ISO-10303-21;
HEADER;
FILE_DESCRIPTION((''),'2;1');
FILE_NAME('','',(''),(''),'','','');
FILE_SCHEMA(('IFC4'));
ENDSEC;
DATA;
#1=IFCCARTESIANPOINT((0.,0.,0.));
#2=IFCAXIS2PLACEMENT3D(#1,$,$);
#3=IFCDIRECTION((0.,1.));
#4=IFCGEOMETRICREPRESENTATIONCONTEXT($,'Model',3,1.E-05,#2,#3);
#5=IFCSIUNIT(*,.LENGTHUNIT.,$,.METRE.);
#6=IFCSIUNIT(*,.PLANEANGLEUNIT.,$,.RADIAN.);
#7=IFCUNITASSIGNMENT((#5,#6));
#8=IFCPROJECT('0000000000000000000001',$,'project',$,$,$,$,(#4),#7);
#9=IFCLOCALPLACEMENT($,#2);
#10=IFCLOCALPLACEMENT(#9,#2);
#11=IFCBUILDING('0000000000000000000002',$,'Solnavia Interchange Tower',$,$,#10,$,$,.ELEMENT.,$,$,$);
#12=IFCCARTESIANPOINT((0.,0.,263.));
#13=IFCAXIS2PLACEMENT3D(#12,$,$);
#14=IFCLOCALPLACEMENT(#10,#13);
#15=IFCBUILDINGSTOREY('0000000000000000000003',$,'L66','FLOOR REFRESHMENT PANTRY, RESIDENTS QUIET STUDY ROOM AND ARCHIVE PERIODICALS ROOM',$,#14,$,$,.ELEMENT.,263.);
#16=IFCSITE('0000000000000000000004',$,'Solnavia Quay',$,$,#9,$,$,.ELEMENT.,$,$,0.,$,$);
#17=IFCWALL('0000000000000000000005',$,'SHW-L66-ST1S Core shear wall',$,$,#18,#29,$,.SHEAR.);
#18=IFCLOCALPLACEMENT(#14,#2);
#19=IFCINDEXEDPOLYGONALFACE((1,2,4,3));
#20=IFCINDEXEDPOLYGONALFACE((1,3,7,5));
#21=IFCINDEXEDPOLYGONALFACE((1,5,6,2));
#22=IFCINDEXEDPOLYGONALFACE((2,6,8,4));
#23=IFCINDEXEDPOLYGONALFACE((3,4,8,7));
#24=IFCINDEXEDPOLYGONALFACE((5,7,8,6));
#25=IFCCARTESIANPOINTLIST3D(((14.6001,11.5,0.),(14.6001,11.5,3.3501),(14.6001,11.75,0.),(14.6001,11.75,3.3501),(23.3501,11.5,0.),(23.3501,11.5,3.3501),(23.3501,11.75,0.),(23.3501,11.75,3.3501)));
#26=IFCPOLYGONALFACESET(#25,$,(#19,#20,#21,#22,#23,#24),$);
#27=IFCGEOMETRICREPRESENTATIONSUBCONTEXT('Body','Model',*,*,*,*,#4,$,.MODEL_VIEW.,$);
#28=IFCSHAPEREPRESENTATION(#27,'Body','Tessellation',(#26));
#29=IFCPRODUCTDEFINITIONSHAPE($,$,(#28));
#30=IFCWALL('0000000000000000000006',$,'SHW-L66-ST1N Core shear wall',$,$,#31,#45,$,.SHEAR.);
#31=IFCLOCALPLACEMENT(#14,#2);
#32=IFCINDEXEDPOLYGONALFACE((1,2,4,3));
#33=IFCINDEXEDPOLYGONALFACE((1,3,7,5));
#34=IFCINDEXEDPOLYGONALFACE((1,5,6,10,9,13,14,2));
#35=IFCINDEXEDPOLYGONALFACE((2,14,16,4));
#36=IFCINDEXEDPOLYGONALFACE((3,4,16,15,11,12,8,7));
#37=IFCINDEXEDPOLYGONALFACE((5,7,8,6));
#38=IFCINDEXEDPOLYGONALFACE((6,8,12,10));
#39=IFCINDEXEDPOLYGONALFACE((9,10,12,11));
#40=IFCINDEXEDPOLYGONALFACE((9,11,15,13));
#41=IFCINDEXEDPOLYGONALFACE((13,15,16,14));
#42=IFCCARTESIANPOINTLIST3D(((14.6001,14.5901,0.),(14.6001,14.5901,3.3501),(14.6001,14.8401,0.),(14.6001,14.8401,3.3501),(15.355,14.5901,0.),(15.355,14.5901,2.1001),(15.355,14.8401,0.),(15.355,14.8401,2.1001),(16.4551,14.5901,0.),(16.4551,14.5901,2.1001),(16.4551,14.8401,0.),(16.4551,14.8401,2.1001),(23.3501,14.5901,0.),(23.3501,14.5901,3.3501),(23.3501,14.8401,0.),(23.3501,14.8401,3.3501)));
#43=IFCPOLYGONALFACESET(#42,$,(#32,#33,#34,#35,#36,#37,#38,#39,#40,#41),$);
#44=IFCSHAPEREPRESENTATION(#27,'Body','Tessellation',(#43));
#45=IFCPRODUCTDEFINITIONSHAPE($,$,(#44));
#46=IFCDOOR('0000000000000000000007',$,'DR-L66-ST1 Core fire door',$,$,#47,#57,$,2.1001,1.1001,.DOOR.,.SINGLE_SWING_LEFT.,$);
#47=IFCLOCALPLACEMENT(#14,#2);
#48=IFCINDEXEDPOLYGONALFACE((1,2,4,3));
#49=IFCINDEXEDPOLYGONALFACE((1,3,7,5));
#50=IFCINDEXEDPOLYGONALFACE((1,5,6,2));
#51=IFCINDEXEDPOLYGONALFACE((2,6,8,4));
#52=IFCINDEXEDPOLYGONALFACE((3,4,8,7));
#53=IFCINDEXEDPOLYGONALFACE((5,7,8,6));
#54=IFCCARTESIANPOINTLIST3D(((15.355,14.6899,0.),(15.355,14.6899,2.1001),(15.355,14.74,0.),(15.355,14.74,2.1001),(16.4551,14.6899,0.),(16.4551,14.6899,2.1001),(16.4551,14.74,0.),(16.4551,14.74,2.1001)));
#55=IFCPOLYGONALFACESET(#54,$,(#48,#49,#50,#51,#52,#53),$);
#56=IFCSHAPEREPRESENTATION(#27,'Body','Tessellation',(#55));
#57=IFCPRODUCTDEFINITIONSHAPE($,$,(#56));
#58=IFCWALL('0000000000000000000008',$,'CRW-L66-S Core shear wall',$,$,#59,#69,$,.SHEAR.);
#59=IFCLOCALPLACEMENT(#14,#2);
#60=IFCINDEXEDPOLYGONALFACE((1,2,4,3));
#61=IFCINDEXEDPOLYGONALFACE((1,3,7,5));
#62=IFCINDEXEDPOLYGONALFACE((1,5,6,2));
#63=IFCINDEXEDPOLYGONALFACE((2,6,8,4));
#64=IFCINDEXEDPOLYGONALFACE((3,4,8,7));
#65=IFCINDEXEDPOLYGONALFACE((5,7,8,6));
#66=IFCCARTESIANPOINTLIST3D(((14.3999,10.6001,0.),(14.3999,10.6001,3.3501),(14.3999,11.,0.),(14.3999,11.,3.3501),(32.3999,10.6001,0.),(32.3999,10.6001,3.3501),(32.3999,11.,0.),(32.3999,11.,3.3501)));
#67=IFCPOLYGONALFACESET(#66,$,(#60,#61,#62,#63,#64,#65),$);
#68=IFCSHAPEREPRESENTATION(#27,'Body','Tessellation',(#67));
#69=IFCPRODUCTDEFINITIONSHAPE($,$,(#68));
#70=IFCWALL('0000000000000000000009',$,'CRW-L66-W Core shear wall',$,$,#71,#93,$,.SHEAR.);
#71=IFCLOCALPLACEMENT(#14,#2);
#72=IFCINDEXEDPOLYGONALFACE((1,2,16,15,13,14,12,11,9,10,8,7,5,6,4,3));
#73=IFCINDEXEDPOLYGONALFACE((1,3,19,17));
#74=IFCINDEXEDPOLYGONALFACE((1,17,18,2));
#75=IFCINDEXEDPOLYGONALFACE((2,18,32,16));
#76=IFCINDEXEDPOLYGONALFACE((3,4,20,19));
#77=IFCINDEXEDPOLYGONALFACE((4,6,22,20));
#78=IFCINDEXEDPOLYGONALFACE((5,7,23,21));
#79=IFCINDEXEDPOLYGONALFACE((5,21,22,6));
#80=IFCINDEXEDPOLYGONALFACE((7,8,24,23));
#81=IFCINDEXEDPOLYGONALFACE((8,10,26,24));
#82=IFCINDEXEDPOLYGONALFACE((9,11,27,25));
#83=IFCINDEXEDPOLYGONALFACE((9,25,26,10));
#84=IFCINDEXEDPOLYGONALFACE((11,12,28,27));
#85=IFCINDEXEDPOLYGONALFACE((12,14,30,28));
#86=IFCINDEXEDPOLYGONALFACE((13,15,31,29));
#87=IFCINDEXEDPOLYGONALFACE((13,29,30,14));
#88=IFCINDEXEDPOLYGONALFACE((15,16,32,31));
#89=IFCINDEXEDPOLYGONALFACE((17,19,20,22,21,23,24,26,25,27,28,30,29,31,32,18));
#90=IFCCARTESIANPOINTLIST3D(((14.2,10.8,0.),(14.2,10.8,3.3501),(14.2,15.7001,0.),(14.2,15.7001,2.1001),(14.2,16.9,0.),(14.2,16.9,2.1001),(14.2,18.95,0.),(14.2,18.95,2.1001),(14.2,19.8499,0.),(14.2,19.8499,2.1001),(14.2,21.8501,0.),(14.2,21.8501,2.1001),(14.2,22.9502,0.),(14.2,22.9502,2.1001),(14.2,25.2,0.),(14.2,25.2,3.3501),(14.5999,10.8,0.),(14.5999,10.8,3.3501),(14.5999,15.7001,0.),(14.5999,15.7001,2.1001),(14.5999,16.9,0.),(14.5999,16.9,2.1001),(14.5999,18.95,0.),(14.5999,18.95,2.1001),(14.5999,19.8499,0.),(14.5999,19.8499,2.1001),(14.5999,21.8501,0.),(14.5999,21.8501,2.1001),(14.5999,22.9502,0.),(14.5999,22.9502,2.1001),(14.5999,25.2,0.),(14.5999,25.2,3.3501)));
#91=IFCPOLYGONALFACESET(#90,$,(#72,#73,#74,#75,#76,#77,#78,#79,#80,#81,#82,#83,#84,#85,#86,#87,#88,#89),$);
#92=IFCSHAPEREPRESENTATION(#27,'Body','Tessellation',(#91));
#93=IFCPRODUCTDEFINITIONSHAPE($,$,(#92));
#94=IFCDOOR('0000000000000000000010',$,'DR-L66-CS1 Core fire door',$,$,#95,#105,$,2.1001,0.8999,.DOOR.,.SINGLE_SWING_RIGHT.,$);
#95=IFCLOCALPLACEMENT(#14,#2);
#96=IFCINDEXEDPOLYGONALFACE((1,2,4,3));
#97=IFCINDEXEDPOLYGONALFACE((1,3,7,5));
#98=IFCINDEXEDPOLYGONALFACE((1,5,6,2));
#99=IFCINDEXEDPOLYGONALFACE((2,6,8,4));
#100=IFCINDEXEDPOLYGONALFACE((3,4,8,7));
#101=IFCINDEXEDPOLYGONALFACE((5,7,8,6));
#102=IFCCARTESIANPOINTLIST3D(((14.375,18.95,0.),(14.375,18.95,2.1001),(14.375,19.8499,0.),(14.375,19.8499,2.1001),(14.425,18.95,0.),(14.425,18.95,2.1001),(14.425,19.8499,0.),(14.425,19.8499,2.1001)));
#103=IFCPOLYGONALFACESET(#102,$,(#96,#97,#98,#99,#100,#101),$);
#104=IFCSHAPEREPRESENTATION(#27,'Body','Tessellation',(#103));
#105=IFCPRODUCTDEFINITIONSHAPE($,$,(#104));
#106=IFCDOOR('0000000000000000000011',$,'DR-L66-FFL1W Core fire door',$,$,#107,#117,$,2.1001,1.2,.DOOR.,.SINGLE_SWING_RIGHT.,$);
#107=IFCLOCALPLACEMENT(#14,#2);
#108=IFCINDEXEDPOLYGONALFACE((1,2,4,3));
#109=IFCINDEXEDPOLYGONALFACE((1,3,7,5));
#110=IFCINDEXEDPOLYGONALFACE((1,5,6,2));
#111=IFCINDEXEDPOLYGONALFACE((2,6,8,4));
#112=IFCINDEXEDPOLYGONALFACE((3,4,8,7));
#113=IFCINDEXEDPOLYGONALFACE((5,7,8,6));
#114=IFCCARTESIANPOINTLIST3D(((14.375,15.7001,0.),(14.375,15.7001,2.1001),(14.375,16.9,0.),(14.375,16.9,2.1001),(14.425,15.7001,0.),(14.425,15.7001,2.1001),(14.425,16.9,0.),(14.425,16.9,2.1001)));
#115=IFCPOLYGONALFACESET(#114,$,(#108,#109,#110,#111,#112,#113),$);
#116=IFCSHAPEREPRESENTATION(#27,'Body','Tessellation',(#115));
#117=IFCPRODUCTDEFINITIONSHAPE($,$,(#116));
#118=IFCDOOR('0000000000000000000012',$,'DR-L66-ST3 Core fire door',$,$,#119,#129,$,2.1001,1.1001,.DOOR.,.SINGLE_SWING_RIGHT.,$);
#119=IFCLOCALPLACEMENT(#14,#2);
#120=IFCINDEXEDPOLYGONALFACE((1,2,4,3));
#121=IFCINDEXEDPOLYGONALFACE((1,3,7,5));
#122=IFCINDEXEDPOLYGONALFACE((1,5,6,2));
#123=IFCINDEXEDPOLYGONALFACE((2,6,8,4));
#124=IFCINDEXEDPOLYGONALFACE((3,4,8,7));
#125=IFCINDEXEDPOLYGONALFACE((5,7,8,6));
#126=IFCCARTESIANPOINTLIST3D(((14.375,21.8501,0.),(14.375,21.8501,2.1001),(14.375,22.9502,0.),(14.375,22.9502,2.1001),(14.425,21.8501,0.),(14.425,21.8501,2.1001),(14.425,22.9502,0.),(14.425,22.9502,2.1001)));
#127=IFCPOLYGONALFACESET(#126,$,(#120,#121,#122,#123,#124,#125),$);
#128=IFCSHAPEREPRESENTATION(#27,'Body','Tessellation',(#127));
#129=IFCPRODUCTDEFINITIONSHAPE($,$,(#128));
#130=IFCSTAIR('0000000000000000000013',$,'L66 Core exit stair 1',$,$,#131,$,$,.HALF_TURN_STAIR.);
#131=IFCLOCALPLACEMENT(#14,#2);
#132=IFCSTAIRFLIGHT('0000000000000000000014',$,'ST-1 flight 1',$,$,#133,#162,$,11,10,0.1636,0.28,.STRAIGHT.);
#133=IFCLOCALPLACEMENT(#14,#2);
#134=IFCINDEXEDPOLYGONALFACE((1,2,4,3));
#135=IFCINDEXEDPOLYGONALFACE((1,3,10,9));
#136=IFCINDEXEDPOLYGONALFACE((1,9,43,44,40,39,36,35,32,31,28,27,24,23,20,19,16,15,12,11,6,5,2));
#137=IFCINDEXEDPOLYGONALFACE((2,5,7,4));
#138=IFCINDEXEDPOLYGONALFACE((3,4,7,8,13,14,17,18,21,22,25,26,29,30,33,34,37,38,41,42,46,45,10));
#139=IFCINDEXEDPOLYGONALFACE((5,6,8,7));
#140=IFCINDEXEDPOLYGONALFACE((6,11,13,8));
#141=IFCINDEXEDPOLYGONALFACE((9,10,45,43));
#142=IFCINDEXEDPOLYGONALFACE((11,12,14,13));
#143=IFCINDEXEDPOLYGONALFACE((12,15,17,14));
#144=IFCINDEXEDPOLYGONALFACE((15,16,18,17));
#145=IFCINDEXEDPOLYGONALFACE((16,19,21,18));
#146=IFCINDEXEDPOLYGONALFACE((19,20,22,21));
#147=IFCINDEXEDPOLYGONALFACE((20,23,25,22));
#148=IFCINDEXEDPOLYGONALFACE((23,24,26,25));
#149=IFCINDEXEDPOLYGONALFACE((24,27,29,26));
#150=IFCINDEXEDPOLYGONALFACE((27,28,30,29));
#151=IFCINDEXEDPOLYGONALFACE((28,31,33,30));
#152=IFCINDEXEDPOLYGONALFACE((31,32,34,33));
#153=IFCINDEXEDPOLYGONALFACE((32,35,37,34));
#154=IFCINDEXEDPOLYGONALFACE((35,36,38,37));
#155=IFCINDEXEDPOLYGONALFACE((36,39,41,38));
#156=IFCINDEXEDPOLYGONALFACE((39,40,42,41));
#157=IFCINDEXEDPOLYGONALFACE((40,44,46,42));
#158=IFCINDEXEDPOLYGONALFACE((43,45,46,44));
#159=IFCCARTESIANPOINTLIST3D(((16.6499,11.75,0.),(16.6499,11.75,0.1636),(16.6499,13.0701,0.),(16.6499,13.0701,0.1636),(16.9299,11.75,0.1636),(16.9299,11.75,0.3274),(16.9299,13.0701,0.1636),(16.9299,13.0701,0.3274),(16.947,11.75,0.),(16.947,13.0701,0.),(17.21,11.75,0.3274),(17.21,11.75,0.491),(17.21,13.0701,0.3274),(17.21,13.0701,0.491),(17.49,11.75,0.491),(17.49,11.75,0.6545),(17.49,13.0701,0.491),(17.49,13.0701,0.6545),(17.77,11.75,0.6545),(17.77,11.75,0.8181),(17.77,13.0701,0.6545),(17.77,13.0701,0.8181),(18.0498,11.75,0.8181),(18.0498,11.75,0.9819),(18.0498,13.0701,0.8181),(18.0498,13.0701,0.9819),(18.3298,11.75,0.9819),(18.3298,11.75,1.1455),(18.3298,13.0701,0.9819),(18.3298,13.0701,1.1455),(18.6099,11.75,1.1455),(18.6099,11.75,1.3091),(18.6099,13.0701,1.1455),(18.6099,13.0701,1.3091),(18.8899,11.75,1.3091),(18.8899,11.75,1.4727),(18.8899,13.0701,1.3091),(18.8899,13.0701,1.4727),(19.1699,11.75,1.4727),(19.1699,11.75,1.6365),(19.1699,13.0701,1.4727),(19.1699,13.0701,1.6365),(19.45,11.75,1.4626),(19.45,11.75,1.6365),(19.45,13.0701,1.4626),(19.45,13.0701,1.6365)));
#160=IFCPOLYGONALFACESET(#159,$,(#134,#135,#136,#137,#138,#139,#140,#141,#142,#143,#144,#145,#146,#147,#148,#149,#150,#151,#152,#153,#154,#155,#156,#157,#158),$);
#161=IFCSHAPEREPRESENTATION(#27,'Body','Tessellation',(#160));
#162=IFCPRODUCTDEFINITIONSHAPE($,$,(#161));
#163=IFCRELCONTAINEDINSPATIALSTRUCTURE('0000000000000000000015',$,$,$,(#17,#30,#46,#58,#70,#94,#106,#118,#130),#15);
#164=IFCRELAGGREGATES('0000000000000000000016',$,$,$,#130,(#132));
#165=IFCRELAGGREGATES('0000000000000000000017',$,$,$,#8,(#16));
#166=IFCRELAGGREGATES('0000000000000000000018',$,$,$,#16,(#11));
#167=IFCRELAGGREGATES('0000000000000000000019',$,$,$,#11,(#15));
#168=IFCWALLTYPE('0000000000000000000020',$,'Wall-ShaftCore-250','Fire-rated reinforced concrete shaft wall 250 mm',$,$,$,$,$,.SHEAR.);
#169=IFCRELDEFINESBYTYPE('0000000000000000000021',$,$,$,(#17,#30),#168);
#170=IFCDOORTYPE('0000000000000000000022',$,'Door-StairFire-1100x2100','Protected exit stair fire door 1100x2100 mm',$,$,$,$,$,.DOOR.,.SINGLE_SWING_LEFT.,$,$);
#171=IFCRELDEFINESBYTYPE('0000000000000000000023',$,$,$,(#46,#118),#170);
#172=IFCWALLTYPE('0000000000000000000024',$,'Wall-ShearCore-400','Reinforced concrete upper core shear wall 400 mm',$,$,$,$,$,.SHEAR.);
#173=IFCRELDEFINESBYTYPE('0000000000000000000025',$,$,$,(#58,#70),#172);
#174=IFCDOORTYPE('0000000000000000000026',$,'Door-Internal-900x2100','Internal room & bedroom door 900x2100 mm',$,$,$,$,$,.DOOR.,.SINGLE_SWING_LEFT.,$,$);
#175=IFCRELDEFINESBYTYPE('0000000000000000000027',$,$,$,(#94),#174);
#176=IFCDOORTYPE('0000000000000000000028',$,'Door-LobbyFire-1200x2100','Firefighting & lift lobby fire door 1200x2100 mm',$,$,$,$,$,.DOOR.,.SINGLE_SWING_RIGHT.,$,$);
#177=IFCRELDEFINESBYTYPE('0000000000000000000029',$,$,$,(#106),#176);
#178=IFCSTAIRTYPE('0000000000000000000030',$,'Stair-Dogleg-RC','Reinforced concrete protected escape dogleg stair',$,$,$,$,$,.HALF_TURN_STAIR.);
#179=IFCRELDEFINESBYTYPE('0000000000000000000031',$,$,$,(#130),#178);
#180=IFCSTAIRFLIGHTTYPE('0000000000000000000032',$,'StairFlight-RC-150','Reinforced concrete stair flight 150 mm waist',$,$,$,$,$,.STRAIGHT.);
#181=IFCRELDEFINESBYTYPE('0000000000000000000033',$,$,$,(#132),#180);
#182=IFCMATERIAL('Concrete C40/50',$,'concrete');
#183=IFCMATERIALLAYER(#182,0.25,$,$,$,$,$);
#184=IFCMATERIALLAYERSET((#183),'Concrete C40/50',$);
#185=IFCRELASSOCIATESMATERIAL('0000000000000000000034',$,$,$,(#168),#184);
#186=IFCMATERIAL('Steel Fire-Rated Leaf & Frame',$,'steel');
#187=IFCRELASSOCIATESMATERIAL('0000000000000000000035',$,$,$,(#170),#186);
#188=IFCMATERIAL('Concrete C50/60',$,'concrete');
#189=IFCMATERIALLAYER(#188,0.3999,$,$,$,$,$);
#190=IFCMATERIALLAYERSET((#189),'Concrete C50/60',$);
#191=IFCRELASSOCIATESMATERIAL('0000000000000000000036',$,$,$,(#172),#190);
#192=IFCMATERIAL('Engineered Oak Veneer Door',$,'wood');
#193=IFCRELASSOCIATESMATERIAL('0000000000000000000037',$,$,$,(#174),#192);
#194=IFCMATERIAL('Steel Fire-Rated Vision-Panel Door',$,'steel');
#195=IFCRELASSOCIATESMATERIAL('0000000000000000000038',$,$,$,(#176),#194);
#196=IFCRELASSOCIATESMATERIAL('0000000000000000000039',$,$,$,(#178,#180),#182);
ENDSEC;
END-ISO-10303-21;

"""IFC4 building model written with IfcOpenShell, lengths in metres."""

from ifc_helpers import new_model, si_unit, direction, frame, frame_2d, origin, place, context, subcontext, project, spatial, polyline, rectangle, outline, extrude, material, layer, layer_set, type_object, element, fill, aggregate, save


model = new_model("IFC4")

# Units and contexts
model_context = context("Model", 3, precision=1e-05, world=origin(), true_north=direction((0.0, 1.0)))
body_context = subcontext(model_context, "Body", "Model", "MODEL_VIEW")
ifc_project = project(units=[si_unit("LENGTHUNIT", "METRE"), si_unit("PLANEANGLEUNIT", "RADIAN")], contexts=[model_context])

# Site, building, storey
site_placement = place(None, origin())
site = spatial("IfcSite", under=ifc_project, at=site_placement, Name="Solnavia Quay", CompositionType="ELEMENT", RefElevation=0.0)
building_placement = place(site_placement, origin())
building = spatial("IfcBuilding", under=site, at=building_placement, Name="Solnavia Interchange Tower", CompositionType="ELEMENT")
storey_placement = place(building_placement, frame((0.0, 0.0, 263.0)))
storey = spatial("IfcBuildingStorey", under=building, at=storey_placement, Name="L66", Description="FLOOR REFRESHMENT PANTRY, RESIDENTS QUIET STUDY ROOM AND ARCHIVE PERIODICALS ROOM", CompositionType="ELEMENT", Elevation=263.0)

# Shared definitions
ifc_material_1 = material(Name="Concrete C50/60", Category="concrete")

# Wall
ifc_material_2 = material(Name="Concrete C40/50", Category="concrete")
ifc_layer_1 = layer(ifc_material_2, 0.25)
ifc_layer_set_1 = layer_set([ifc_layer_1], Name="Concrete C40/50")
wall_type_1 = type_object("IfcWallType", Name="Wall-ShaftCore-250", Description="Fire-rated reinforced concrete shaft wall 250 mm", PredefinedType="SHEAR", material=ifc_layer_set_1)
wall_1_placement = place(storey_placement, frame((14.6001, 11.625, 0.0), z_axis=(0.0, 0.0, 1.0), x_axis=(1.0, 0.0, 0.0)))
element("IfcWall", 1, at=wall_1_placement, inside=storey, type_object=wall_type_1, Name="SHW-L66-ST1S Core shear wall", PredefinedType="SHEAR", context=body_context, shape_type="SweptSolid", body=[
    extrude(rectangle(XDim=8.75, YDim=0.25, at=frame_2d((4.375, 0.0))), origin(), (0.0, 0.0, 1.0), 3.3501),
])

# Wall, opening, door
wall_2_placement = place(storey_placement, frame((14.6001, 14.7151, 0.0), z_axis=(0.0, 0.0, 1.0), x_axis=(1.0, 0.0, 0.0)))
wall_2 = element("IfcWall", 2, at=wall_2_placement, inside=storey, type_object=wall_type_1, Name="SHW-L66-ST1N Core shear wall", PredefinedType="SHEAR", context=body_context, shape_type="SweptSolid", body=[
    extrude(rectangle(XDim=8.75, YDim=0.25, at=frame_2d((4.375, 0.0))), origin(), (0.0, 0.0, 1.0), 3.3501),
])
opening_1_placement = place(wall_2_placement, frame((0.7549, 0.0, 0.0)))
opening_1 = element("IfcOpeningElement", 3, at=opening_1_placement, cuts=wall_2, PredefinedType="OPENING", context=body_context, shape_type="SweptSolid", body=[
    extrude(rectangle(XDim=1.1001, YDim=2.1001, at=frame_2d((0.55, 1.05))), frame((0.0, 0.135, 0.0), z_axis=(0.0, -1.0, 0.0), x_axis=(1.0, 0.0, 0.0)), (0.0, 0.0, 1.0), 0.27),
])
ifc_material_3 = material(Name="Steel Fire-Rated Leaf & Frame", Category="steel")
door_type_1 = type_object("IfcDoorType", Name="Door-StairFire-1100x2100", Description="Protected exit stair fire door 1100x2100 mm", OperationType="SINGLE_SWING_LEFT", PredefinedType="DOOR", material=ifc_material_3)
door_1_placement = place(opening_1_placement, origin())
door_1 = element("IfcDoor", 4, at=door_1_placement, inside=storey, type_object=door_type_1, Name="DR-L66-ST1 Core fire door", OperationType="SINGLE_SWING_LEFT", OverallHeight=2.1001, OverallWidth=1.1001, PredefinedType="DOOR", context=body_context, shape_type="SweptSolid", body=[
    extrude(rectangle(XDim=1.1001, YDim=2.1001, at=frame_2d((0.55, 1.05))), frame((0.0, 0.0249, 0.0), z_axis=(0.0, -1.0, 0.0), x_axis=(1.0, 0.0, 0.0)), (0.0, 0.0, 1.0), 0.05),
])
fill(opening_1, door_1)

# Wall
ifc_layer_2 = layer(ifc_material_1, 0.3999)
ifc_layer_set_2 = layer_set([ifc_layer_2], Name="Concrete C50/60")
wall_type_2 = type_object("IfcWallType", Name="Wall-ShearCore-400", Description="Reinforced concrete upper core shear wall 400 mm", PredefinedType="SHEAR", material=ifc_layer_set_2)
wall_3_placement = place(storey_placement, frame((14.3999, 10.8, 0.0), z_axis=(0.0, 0.0, 1.0), x_axis=(1.0, 0.0, 0.0)))
element("IfcWall", 5, at=wall_3_placement, inside=storey, type_object=wall_type_2, Name="CRW-L66-S Core shear wall", PredefinedType="SHEAR", context=body_context, shape_type="SweptSolid", body=[
    extrude(rectangle(XDim=18.0, YDim=0.3999, at=frame_2d((9.0, 0.0))), origin(), (0.0, 0.0, 1.0), 3.3501),
])

# Wall, openings, doors
wall_4_placement = place(storey_placement, frame((14.3999, 10.8, 0.0), z_axis=(0.0, 0.0, 1.0), x_axis=(0.0, 1.0, 0.0)))
wall_4 = element("IfcWall", 6, at=wall_4_placement, inside=storey, type_object=wall_type_2, Name="CRW-L66-W Core shear wall", PredefinedType="SHEAR", context=body_context, shape_type="SweptSolid", body=[
    extrude(rectangle(XDim=14.3999, YDim=0.3999, at=frame_2d((7.2, 0.0))), origin(), (0.0, 0.0, 1.0), 3.3501),
])
opening_2_placement = place(wall_4_placement, frame((11.05, 0.0, 0.0)))
opening_2 = element("IfcOpeningElement", 7, at=opening_2_placement, cuts=wall_4, PredefinedType="OPENING", context=body_context, shape_type="SweptSolid", body=[
    extrude(rectangle(XDim=1.1001, YDim=2.1001, at=frame_2d((0.55, 1.05))), frame((0.0, 0.21, 0.0), z_axis=(0.0, -1.0, 0.0), x_axis=(1.0, 0.0, 0.0)), (0.0, 0.0, 1.0), 0.4199),
])
opening_3_placement = place(wall_4_placement, frame((4.8999, 0.0, 0.0)))
opening_3 = element("IfcOpeningElement", 8, at=opening_3_placement, cuts=wall_4, PredefinedType="OPENING", context=body_context, shape_type="SweptSolid", body=[
    extrude(rectangle(XDim=1.2, YDim=2.1001, at=frame_2d((0.6001, 1.05))), frame((0.0, 0.21, 0.0), z_axis=(0.0, -1.0, 0.0), x_axis=(1.0, 0.0, 0.0)), (0.0, 0.0, 1.0), 0.4199),
])
opening_4_placement = place(wall_4_placement, frame((8.1499, 0.0, 0.0)))
opening_4 = element("IfcOpeningElement", 9, at=opening_4_placement, cuts=wall_4, PredefinedType="OPENING", context=body_context, shape_type="SweptSolid", body=[
    extrude(rectangle(XDim=0.8999, YDim=2.1001, at=frame_2d((0.45, 1.05))), frame((0.0, 0.21, 0.0), z_axis=(0.0, -1.0, 0.0), x_axis=(1.0, 0.0, 0.0)), (0.0, 0.0, 1.0), 0.4199),
])
ifc_material_4 = material(Name="Engineered Oak Veneer Door", Category="wood")
door_type_2 = type_object("IfcDoorType", Name="Door-Internal-900x2100", Description="Internal room & bedroom door 900x2100 mm", OperationType="SINGLE_SWING_LEFT", PredefinedType="DOOR", material=ifc_material_4)
door_2_placement = place(opening_4_placement, origin())
door_2 = element("IfcDoor", 10, at=door_2_placement, inside=storey, type_object=door_type_2, Name="DR-L66-CS1 Core fire door", OperationType="SINGLE_SWING_RIGHT", OverallHeight=2.1001, OverallWidth=0.8999, PredefinedType="DOOR", context=body_context, shape_type="SweptSolid", body=[
    extrude(rectangle(XDim=0.8999, YDim=2.1001, at=frame_2d((0.45, 1.05))), frame((0.0, 0.0249, 0.0), z_axis=(0.0, -1.0, 0.0), x_axis=(1.0, 0.0, 0.0)), (0.0, 0.0, 1.0), 0.05),
])
fill(opening_4, door_2)
ifc_material_5 = material(Name="Steel Fire-Rated Vision-Panel Door", Category="steel")
door_type_3 = type_object("IfcDoorType", Name="Door-LobbyFire-1200x2100", Description="Firefighting & lift lobby fire door 1200x2100 mm", OperationType="SINGLE_SWING_RIGHT", PredefinedType="DOOR", material=ifc_material_5)
door_3_placement = place(opening_3_placement, origin())
door_3 = element("IfcDoor", 11, at=door_3_placement, inside=storey, type_object=door_type_3, Name="DR-L66-FFL1W Core fire door", OperationType="SINGLE_SWING_RIGHT", OverallHeight=2.1001, OverallWidth=1.2, PredefinedType="DOOR", context=body_context, shape_type="SweptSolid", body=[
    extrude(rectangle(XDim=1.2, YDim=2.1001, at=frame_2d((0.6001, 1.05))), frame((0.0, 0.0249, 0.0), z_axis=(0.0, -1.0, 0.0), x_axis=(1.0, 0.0, 0.0)), (0.0, 0.0, 1.0), 0.05),
])
fill(opening_3, door_3)
door_4_placement = place(opening_2_placement, origin())
door_4 = element("IfcDoor", 12, at=door_4_placement, inside=storey, type_object=door_type_1, Name="DR-L66-ST3 Core fire door", OperationType="SINGLE_SWING_RIGHT", OverallHeight=2.1001, OverallWidth=1.1001, PredefinedType="DOOR", context=body_context, shape_type="SweptSolid", body=[
    extrude(rectangle(XDim=1.1001, YDim=2.1001, at=frame_2d((0.55, 1.05))), frame((0.0, 0.0249, 0.0), z_axis=(0.0, -1.0, 0.0), x_axis=(1.0, 0.0, 0.0)), (0.0, 0.0, 1.0), 0.05),
])
fill(opening_2, door_4)

# Stair, stair flight
stair_type = type_object("IfcStairType", Name="Stair-Dogleg-RC", Description="Reinforced concrete protected escape dogleg stair", PredefinedType="HALF_TURN_STAIR", material=ifc_material_2)
stair_placement = place(storey_placement, origin())
stair = element("IfcStair", 13, at=stair_placement, inside=storey, type_object=stair_type, Name="L66 Core exit stair 1", PredefinedType="HALF_TURN_STAIR")
stair_flight_type = type_object("IfcStairFlightType", Name="StairFlight-RC-150", Description="Reinforced concrete stair flight 150 mm waist", PredefinedType="STRAIGHT", material=ifc_material_2)
stair_flight_placement = place(storey_placement, frame((16.6499, 12.4099, 0.0), z_axis=(0.0, 0.0, 1.0), x_axis=(1.0, 0.0, 0.0)))
stair_flight = element("IfcStairFlight", 14, at=stair_flight_placement, type_object=stair_flight_type, Name="ST-1 flight 1", NumberOfRisers=11, NumberOfTreads=10, PredefinedType="STRAIGHT", RiserHeight=0.1636, TreadLength=0.28, context=body_context, shape_type="SweptSolid", body=[
    extrude(outline(polyline([(0.0, 0.0), (0.0, 0.1636), (0.28, 0.1636), (0.28, 0.3274), (0.5601, 0.3274), (0.5601, 0.491), (0.8401, 0.491), (0.8401, 0.6545), (1.1201, 0.6545), (1.1201, 0.8181), (1.3999, 0.8181), (1.3999, 0.9819), (1.6799, 0.9819), (1.6799, 1.1455), (1.96, 1.1455), (1.96, 1.3091), (2.24, 1.3091), (2.24, 1.4727), (2.52, 1.4727), (2.52, 1.6365), (2.8, 1.6365), (2.8, 1.8), (2.8, 1.4626), (0.2971, 0.0), (0.0, 0.0)])), frame((0.0, 0.6602, 0.0), z_axis=(0.0, -1.0, 0.0), x_axis=(1.0, 0.0, 0.0)), (0.0, 0.0, 1.0), 1.3201),
])
aggregate(stair, [stair_flight])

save(model, "model.ifc")
